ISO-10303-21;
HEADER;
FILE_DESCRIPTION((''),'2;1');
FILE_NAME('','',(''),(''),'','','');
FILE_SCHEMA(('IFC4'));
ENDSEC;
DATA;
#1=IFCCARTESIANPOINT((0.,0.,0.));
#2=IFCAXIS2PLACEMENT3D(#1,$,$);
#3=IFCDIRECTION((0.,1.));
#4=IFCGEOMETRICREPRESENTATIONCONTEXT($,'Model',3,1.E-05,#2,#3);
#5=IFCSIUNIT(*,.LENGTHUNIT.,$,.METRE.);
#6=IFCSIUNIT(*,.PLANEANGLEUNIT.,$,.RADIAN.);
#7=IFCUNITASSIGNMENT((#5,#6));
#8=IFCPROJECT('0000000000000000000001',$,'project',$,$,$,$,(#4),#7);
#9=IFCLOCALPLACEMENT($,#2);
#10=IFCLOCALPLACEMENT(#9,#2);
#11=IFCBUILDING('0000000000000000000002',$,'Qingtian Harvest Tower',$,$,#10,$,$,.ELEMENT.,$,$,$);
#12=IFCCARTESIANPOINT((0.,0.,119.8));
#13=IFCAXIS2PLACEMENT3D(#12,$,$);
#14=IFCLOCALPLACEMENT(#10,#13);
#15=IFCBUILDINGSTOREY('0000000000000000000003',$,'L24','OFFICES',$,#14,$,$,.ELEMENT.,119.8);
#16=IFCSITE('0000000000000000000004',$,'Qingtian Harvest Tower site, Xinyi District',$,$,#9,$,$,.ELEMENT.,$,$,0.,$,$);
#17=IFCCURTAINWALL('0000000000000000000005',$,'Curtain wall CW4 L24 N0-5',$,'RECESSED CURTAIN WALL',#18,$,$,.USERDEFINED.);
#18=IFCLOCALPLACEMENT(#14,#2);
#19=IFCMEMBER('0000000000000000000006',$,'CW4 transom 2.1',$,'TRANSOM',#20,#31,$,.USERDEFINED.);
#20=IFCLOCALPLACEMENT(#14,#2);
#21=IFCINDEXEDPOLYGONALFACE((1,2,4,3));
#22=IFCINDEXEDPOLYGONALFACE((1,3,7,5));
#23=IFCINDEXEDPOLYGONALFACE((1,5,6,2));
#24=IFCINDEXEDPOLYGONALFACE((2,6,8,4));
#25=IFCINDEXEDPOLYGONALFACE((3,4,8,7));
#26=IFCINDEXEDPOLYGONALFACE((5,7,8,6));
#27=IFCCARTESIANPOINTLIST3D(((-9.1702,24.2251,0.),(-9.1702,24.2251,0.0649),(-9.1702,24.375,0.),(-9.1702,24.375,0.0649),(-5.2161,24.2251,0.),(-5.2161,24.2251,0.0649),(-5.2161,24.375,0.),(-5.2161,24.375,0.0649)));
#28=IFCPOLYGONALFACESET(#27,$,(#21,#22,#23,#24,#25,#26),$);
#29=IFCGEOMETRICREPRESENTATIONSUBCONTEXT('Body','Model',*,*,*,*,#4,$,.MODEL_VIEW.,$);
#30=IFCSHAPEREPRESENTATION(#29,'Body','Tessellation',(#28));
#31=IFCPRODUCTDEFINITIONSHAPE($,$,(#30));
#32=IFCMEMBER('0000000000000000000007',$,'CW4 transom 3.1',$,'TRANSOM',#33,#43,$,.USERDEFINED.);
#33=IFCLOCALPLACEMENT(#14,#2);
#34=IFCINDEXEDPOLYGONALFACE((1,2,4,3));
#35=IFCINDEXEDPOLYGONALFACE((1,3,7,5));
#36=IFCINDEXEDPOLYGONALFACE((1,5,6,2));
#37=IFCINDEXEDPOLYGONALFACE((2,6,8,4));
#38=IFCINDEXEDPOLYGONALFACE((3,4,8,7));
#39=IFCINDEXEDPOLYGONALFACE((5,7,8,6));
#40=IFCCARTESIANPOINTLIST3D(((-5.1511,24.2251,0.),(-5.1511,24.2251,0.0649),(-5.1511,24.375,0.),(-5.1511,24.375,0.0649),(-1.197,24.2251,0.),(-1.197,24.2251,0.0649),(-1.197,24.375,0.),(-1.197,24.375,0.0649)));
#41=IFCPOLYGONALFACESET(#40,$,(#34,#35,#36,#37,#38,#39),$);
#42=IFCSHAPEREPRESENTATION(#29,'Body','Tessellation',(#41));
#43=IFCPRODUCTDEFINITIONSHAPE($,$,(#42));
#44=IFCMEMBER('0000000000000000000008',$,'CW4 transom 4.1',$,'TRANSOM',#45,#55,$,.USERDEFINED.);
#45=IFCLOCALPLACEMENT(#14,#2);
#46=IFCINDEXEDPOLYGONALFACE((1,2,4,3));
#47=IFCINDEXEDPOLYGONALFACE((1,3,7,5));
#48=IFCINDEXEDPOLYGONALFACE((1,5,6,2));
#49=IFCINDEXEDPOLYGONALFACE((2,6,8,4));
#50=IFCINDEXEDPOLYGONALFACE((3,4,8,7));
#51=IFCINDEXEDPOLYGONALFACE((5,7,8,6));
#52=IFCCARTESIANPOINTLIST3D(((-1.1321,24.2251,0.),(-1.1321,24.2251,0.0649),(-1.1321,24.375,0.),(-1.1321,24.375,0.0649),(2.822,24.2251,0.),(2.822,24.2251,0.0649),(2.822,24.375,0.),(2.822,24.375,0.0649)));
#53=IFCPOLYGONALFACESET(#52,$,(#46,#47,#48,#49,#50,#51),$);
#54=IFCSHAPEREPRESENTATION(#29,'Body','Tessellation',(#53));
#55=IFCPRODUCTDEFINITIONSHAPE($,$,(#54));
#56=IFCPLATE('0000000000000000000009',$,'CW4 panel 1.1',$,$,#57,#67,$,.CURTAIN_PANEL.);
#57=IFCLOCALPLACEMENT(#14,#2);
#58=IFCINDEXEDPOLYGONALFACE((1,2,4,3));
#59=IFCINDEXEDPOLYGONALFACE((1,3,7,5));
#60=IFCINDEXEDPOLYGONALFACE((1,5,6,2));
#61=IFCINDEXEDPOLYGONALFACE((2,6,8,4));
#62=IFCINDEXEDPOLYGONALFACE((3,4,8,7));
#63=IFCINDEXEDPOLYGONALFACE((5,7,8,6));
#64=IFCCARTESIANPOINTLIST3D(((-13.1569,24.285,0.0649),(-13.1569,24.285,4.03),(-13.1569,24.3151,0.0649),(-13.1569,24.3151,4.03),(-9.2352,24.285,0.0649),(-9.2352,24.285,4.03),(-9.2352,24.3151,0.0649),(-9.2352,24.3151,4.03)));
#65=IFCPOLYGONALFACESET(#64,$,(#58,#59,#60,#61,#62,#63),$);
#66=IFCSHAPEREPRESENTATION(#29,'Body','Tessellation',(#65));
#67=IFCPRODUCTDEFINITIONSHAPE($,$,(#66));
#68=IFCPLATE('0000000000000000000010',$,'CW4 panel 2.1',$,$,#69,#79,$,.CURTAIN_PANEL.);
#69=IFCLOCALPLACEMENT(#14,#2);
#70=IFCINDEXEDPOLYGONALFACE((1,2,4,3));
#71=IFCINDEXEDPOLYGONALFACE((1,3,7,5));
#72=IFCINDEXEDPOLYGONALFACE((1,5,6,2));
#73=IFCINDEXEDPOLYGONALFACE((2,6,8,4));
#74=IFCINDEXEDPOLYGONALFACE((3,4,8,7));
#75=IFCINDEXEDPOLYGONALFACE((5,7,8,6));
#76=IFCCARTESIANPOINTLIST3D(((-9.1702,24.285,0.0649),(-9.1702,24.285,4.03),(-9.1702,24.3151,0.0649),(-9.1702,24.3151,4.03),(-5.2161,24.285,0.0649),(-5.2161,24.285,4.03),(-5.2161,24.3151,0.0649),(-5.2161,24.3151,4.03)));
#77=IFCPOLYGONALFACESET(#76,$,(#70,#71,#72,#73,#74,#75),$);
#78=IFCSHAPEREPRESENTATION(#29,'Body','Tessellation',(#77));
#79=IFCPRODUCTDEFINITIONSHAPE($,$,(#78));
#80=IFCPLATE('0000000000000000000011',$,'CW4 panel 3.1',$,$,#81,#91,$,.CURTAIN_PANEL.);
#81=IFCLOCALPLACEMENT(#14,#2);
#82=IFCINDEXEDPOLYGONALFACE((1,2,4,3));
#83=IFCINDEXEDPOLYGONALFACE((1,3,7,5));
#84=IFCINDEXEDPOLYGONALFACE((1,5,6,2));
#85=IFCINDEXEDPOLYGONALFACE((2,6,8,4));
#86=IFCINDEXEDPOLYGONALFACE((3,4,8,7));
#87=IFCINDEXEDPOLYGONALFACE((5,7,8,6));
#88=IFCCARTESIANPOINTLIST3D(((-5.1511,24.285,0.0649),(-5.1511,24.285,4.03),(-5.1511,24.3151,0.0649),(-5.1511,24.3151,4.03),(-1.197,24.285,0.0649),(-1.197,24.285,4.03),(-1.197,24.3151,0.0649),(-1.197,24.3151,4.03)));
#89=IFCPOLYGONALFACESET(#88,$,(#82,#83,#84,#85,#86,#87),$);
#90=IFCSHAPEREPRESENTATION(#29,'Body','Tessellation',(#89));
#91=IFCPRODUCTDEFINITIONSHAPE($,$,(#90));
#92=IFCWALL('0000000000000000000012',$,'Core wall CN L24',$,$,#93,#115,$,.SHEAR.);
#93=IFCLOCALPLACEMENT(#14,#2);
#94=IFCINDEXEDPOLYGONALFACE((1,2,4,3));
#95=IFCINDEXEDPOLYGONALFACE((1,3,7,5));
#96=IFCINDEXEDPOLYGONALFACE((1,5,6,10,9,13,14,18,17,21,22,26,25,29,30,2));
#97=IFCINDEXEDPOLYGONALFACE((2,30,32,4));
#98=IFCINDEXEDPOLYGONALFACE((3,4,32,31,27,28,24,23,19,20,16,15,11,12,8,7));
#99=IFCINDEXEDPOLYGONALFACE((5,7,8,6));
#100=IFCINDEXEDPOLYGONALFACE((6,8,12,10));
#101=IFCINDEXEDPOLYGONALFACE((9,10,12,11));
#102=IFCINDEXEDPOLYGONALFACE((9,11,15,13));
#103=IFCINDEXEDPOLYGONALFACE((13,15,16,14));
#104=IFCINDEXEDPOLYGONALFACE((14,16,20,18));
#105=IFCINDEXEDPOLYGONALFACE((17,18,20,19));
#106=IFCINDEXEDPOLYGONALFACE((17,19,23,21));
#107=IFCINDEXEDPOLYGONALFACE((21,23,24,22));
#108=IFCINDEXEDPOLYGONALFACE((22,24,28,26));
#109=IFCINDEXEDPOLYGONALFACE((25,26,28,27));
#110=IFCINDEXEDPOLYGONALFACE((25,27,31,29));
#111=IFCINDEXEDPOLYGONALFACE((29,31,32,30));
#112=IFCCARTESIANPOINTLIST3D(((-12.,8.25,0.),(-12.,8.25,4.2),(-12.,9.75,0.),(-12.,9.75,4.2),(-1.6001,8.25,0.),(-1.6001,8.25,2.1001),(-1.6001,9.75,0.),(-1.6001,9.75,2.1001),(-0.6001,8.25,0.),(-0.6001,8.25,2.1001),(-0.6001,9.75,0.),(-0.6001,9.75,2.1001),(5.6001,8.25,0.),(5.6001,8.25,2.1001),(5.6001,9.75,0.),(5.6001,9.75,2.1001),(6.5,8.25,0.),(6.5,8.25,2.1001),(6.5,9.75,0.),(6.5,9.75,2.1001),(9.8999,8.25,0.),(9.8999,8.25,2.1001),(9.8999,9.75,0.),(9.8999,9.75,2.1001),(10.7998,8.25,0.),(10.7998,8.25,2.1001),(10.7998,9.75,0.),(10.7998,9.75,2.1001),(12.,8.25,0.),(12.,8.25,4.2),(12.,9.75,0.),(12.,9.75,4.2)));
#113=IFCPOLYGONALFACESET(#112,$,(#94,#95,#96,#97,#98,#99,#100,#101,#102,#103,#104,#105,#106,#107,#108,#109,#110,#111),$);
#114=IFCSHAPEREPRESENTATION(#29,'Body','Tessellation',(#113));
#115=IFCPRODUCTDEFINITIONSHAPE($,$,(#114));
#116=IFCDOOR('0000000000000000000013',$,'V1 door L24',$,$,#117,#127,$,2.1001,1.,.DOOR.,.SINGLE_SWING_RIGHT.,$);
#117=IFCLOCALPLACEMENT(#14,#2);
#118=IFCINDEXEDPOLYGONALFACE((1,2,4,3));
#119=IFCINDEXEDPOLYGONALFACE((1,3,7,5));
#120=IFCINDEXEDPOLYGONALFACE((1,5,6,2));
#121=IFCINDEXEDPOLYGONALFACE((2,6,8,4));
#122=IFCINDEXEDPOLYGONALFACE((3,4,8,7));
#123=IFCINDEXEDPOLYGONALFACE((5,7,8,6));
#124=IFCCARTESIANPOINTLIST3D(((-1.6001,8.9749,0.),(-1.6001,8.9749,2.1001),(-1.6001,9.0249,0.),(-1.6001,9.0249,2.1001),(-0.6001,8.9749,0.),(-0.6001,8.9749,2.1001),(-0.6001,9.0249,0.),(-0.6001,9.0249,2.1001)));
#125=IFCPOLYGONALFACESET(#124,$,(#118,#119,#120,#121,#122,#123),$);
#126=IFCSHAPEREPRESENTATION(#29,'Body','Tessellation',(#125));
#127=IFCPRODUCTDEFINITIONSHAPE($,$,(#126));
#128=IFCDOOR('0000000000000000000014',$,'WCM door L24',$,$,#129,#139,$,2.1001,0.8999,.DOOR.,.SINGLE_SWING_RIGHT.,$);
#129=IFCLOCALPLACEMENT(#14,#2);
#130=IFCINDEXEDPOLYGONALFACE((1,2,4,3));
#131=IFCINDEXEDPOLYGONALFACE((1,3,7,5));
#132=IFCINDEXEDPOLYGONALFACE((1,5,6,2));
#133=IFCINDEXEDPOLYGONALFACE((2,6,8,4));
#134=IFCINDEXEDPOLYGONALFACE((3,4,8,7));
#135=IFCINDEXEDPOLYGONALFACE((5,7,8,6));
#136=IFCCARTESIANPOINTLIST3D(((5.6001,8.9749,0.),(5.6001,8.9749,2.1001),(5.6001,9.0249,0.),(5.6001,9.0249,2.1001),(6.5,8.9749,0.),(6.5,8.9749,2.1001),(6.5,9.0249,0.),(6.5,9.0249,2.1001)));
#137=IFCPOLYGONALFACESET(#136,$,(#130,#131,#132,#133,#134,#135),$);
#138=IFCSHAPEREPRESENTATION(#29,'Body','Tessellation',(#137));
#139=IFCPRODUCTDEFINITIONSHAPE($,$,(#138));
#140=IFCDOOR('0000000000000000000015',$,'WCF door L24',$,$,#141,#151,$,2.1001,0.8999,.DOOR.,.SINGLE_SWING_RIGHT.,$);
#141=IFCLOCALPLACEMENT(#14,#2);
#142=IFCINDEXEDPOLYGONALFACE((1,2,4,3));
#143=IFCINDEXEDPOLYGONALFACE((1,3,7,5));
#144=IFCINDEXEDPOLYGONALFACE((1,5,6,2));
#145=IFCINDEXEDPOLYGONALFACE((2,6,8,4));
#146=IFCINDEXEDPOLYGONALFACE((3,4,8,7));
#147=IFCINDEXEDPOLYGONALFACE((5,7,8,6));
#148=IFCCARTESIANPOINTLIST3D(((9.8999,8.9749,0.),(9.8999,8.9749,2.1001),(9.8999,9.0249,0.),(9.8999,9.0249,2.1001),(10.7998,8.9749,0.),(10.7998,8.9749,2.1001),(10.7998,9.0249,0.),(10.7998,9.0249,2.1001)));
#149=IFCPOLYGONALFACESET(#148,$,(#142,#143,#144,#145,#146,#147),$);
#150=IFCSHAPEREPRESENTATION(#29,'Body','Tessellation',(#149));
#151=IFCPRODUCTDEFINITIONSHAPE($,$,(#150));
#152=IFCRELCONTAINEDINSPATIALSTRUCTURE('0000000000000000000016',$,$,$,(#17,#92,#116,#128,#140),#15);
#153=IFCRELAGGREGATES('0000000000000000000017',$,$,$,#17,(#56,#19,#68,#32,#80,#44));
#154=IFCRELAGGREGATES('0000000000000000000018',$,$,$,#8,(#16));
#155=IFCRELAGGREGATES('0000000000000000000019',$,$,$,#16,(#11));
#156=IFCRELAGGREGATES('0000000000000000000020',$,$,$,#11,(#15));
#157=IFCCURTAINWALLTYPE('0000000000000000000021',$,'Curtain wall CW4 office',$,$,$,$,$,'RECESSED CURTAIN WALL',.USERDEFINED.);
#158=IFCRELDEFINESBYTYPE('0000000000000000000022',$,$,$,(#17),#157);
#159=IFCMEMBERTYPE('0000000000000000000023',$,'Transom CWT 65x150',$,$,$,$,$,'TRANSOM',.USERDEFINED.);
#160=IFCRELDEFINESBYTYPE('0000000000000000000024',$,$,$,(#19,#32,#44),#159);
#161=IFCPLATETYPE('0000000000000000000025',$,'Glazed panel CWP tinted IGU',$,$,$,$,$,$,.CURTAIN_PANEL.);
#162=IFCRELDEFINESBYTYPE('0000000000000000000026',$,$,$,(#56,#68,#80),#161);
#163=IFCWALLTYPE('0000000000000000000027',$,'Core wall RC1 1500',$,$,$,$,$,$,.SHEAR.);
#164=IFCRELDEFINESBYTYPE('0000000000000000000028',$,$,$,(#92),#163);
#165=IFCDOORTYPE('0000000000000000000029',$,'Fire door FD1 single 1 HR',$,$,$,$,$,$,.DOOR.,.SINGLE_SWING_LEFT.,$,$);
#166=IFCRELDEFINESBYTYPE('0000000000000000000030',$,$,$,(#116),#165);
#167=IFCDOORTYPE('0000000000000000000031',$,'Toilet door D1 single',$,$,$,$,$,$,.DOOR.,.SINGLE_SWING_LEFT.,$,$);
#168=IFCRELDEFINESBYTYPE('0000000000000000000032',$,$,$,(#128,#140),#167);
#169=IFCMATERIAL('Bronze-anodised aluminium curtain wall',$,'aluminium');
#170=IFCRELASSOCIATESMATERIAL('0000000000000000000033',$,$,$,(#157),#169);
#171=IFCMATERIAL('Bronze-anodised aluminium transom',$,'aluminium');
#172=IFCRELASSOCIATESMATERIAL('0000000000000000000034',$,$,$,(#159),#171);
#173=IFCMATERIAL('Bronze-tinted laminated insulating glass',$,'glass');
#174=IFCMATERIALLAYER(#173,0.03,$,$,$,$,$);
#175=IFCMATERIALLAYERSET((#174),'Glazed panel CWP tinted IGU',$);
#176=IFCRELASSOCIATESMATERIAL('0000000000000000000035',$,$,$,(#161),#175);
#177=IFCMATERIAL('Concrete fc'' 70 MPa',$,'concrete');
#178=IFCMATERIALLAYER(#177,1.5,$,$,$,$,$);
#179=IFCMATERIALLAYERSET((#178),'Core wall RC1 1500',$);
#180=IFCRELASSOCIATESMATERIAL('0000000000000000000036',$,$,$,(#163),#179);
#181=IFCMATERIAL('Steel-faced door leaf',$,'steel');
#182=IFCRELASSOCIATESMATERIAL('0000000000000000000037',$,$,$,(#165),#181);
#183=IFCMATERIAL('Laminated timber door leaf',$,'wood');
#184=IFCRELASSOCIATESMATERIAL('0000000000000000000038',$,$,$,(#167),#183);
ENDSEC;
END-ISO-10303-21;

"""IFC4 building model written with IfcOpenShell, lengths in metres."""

from ifc_helpers import new_model, si_unit, direction, frame, frame_2d, origin, origin_2d, place, context, subcontext, project, spatial, rectangle, extrude, material, layer, layer_set, material_profile, profile_set, type_object, element, fill, aggregate, save


model = new_model("IFC4")

# Units and contexts
model_context = context("Model", 3, precision=1e-05, world=origin(), true_north=direction((0.0, 1.0)))
body_context = subcontext(model_context, "Body", "Model", "MODEL_VIEW")
ifc_project = project(units=[si_unit("LENGTHUNIT", "METRE"), si_unit("PLANEANGLEUNIT", "RADIAN")], contexts=[model_context])

# Site, building, storey
site_placement = place(None, origin())
site = spatial("IfcSite", under=ifc_project, at=site_placement, Name="Qingtian Harvest Tower site, Xinyi District", CompositionType="ELEMENT", RefElevation=0.0)
building_placement = place(site_placement, origin())
building = spatial("IfcBuilding", under=site, at=building_placement, Name="Qingtian Harvest Tower", CompositionType="ELEMENT")
storey_placement = place(building_placement, frame((0.0, 0.0, 119.8)))
storey = spatial("IfcBuildingStorey", under=building, at=storey_placement, Name="L24", Description="OFFICES", CompositionType="ELEMENT", Elevation=119.8)

# Curtain wall
ifc_material_1 = material(Name="Bronze-anodised aluminium curtain wall", Category="aluminium")
curtain_wall_type = type_object("IfcCurtainWallType", Name="Curtain wall CW4 office", ElementType="RECESSED CURTAIN WALL", PredefinedType="USERDEFINED", material=ifc_material_1)
curtain_wall_placement = place(storey_placement, origin())
curtain_wall = element("IfcCurtainWall", 1, at=curtain_wall_placement, inside=storey, type_object=curtain_wall_type, Name="Curtain wall CW4 L24 N0-5", ObjectType="RECESSED CURTAIN WALL", PredefinedType="USERDEFINED")

# Members
ifc_material_2 = material(Name="Bronze-anodised aluminium transom", Category="aluminium")
ifc_material_profile_1 = material_profile(ifc_material_2, rectangle(XDim=0.1499, YDim=0.0649, at=origin_2d()), Name="AL 65x150")
ifc_profile_set_1 = profile_set([ifc_material_profile_1], Name="Bronze-anodised aluminium transom")
member_type_1 = type_object("IfcMemberType", Name="Transom CWT 65x150", ElementType="TRANSOM", PredefinedType="USERDEFINED", material=ifc_profile_set_1)
member_1_placement = place(storey_placement, frame((-9.1702, 24.3, 0.0325), z_axis=(1.0, 0.0, 0.0), x_axis=(0.0, 1.0, 0.0)))
member_1 = element("IfcMember", 2, at=member_1_placement, type_object=member_type_1, Name="CW4 transom 2.1", ObjectType="TRANSOM", PredefinedType="USERDEFINED", context=body_context, shape_type="SweptSolid", body=[
    extrude(rectangle(XDim=0.1499, YDim=0.0649, at=origin_2d()), origin(), (0.0, 0.0, 1.0), 3.9541),
])
member_2_placement = place(storey_placement, frame((-5.1511, 24.3, 0.0325), z_axis=(1.0, 0.0, 0.0), x_axis=(0.0, 1.0, 0.0)))
member_2 = element("IfcMember", 3, at=member_2_placement, type_object=member_type_1, Name="CW4 transom 3.1", ObjectType="TRANSOM", PredefinedType="USERDEFINED", context=body_context, shape_type="SweptSolid", body=[
    extrude(rectangle(XDim=0.1499, YDim=0.0649, at=origin_2d()), origin(), (0.0, 0.0, 1.0), 3.9541),
])
member_3_placement = place(storey_placement, frame((-1.1321, 24.3, 0.0325), z_axis=(1.0, 0.0, 0.0), x_axis=(0.0, 1.0, 0.0)))
member_3 = element("IfcMember", 4, at=member_3_placement, type_object=member_type_1, Name="CW4 transom 4.1", ObjectType="TRANSOM", PredefinedType="USERDEFINED", context=body_context, shape_type="SweptSolid", body=[
    extrude(rectangle(XDim=0.1499, YDim=0.0649, at=origin_2d()), origin(), (0.0, 0.0, 1.0), 3.9541),
])

# Plates
ifc_material_3 = material(Name="Bronze-tinted laminated insulating glass", Category="glass")
ifc_layer_1 = layer(ifc_material_3, 0.03)
ifc_layer_set_1 = layer_set([ifc_layer_1], Name="Glazed panel CWP tinted IGU")
plate_type = type_object("IfcPlateType", Name="Glazed panel CWP tinted IGU", PredefinedType="CURTAIN_PANEL", material=ifc_layer_set_1)
plate_1_placement = place(storey_placement, frame((-11.196, 24.3, 0.0649), z_axis=(0.0, 0.0, 1.0), x_axis=(1.0, 0.0, 0.0)))
plate_1 = element("IfcPlate", 5, at=plate_1_placement, type_object=plate_type, Name="CW4 panel 1.1", PredefinedType="CURTAIN_PANEL", context=body_context, shape_type="SweptSolid", body=[
    extrude(rectangle(XDim=3.9216, YDim=0.03, at=origin_2d()), origin(), (0.0, 0.0, 1.0), 3.9651),
])
plate_2_placement = place(storey_placement, frame((-7.1931, 24.3, 0.0649), z_axis=(0.0, 0.0, 1.0), x_axis=(1.0, 0.0, 0.0)))
plate_2 = element("IfcPlate", 6, at=plate_2_placement, type_object=plate_type, Name="CW4 panel 2.1", PredefinedType="CURTAIN_PANEL", context=body_context, shape_type="SweptSolid", body=[
    extrude(rectangle(XDim=3.9541, YDim=0.03, at=origin_2d()), origin(), (0.0, 0.0, 1.0), 3.9651),
])
plate_3_placement = place(storey_placement, frame((-3.1741, 24.3, 0.0649), z_axis=(0.0, 0.0, 1.0), x_axis=(1.0, 0.0, 0.0)))
plate_3 = element("IfcPlate", 7, at=plate_3_placement, type_object=plate_type, Name="CW4 panel 3.1", PredefinedType="CURTAIN_PANEL", context=body_context, shape_type="SweptSolid", body=[
    extrude(rectangle(XDim=3.9541, YDim=0.03, at=origin_2d()), origin(), (0.0, 0.0, 1.0), 3.9651),
])
aggregate(curtain_wall, [plate_1, member_1, plate_2, member_2, plate_3, member_3])

# Wall, openings, doors
ifc_material_4 = material(Name="Concrete fc' 70 MPa", Category="concrete")
ifc_layer_2 = layer(ifc_material_4, 1.5)
ifc_layer_set_2 = layer_set([ifc_layer_2], Name="Core wall RC1 1500")
wall_type_1 = type_object("IfcWallType", Name="Core wall RC1 1500", PredefinedType="SHEAR", material=ifc_layer_set_2)
wall_1_placement = place(storey_placement, frame((-12.0, 9.0, 0.0), z_axis=(0.0, 0.0, 1.0), x_axis=(1.0, 0.0, 0.0)))
wall_1 = element("IfcWall", 8, at=wall_1_placement, inside=storey, type_object=wall_type_1, Name="Core wall CN L24", PredefinedType="SHEAR", context=body_context, shape_type="SweptSolid", body=[
    extrude(rectangle(XDim=24.0, YDim=1.5, at=frame_2d((12.0, 0.0))), origin(), (0.0, 0.0, 1.0), 4.2),
])
opening_1_placement = place(wall_1_placement, frame((10.3999, 0.0, 0.0)))
opening_1 = element("IfcOpeningElement", 9, at=opening_1_placement, cuts=wall_1, PredefinedType="OPENING", context=body_context, shape_type="SweptSolid", body=[
    extrude(rectangle(XDim=1.0, YDim=2.1001, at=frame_2d((0.5, 1.05))), frame((0.0, 0.76, 0.0), z_axis=(0.0, -1.0, 0.0), x_axis=(1.0, 0.0, 0.0)), (0.0, 0.0, 1.0), 1.52),
])
opening_2_placement = place(wall_1_placement, frame((17.6001, 0.0, 0.0)))
opening_2 = element("IfcOpeningElement", 10, at=opening_2_placement, cuts=wall_1, PredefinedType="OPENING", context=body_context, shape_type="SweptSolid", body=[
    extrude(rectangle(XDim=0.8999, YDim=2.1001, at=frame_2d((0.45, 1.05))), frame((0.0, 0.76, 0.0), z_axis=(0.0, -1.0, 0.0), x_axis=(1.0, 0.0, 0.0)), (0.0, 0.0, 1.0), 1.52),
])
opening_3_placement = place(wall_1_placement, frame((21.8999, 0.0, 0.0)))
opening_3 = element("IfcOpeningElement", 11, at=opening_3_placement, cuts=wall_1, PredefinedType="OPENING", context=body_context, shape_type="SweptSolid", body=[
    extrude(rectangle(XDim=0.8999, YDim=2.1001, at=frame_2d((0.45, 1.05))), frame((0.0, 0.76, 0.0), z_axis=(0.0, -1.0, 0.0), x_axis=(1.0, 0.0, 0.0)), (0.0, 0.0, 1.0), 1.52),
])
ifc_material_5 = material(Name="Steel-faced door leaf", Category="steel")
door_type_1 = type_object("IfcDoorType", Name="Fire door FD1 single 1 HR", OperationType="SINGLE_SWING_LEFT", PredefinedType="DOOR", material=ifc_material_5)
door_1_placement = place(opening_1_placement, origin())
door_1 = element("IfcDoor", 12, at=door_1_placement, inside=storey, type_object=door_type_1, Name="V1 door L24", OperationType="SINGLE_SWING_RIGHT", OverallHeight=2.1001, OverallWidth=1.0, PredefinedType="DOOR", context=body_context, shape_type="SweptSolid", body=[
    extrude(rectangle(XDim=1.0, YDim=2.1001, at=frame_2d((0.5, 1.05))), frame((0.0, 0.0249, 0.0), z_axis=(0.0, -1.0, 0.0), x_axis=(1.0, 0.0, 0.0)), (0.0, 0.0, 1.0), 0.05),
])
fill(opening_1, door_1)
ifc_material_6 = material(Name="Laminated timber door leaf", Category="wood")
door_type_2 = type_object("IfcDoorType", Name="Toilet door D1 single", OperationType="SINGLE_SWING_LEFT", PredefinedType="DOOR", material=ifc_material_6)
door_2_placement = place(opening_2_placement, origin())
door_2 = element("IfcDoor", 13, at=door_2_placement, inside=storey, type_object=door_type_2, Name="WCM door L24", OperationType="SINGLE_SWING_RIGHT", OverallHeight=2.1001, OverallWidth=0.8999, PredefinedType="DOOR", context=body_context, shape_type="SweptSolid", body=[
    extrude(rectangle(XDim=0.8999, YDim=2.1001, at=frame_2d((0.45, 1.05))), frame((0.0, 0.0249, 0.0), z_axis=(0.0, -1.0, 0.0), x_axis=(1.0, 0.0, 0.0)), (0.0, 0.0, 1.0), 0.05),
])
fill(opening_2, door_2)
door_3_placement = place(opening_3_placement, origin())
door_3 = element("IfcDoor", 14, at=door_3_placement, inside=storey, type_object=door_type_2, Name="WCF door L24", OperationType="SINGLE_SWING_RIGHT", OverallHeight=2.1001, OverallWidth=0.8999, PredefinedType="DOOR", context=body_context, shape_type="SweptSolid", body=[
    extrude(rectangle(XDim=0.8999, YDim=2.1001, at=frame_2d((0.45, 1.05))), frame((0.0, 0.0249, 0.0), z_axis=(0.0, -1.0, 0.0), x_axis=(1.0, 0.0, 0.0)), (0.0, 0.0, 1.0), 0.05),
])
fill(opening_3, door_3)

save(model, "model.ifc")
